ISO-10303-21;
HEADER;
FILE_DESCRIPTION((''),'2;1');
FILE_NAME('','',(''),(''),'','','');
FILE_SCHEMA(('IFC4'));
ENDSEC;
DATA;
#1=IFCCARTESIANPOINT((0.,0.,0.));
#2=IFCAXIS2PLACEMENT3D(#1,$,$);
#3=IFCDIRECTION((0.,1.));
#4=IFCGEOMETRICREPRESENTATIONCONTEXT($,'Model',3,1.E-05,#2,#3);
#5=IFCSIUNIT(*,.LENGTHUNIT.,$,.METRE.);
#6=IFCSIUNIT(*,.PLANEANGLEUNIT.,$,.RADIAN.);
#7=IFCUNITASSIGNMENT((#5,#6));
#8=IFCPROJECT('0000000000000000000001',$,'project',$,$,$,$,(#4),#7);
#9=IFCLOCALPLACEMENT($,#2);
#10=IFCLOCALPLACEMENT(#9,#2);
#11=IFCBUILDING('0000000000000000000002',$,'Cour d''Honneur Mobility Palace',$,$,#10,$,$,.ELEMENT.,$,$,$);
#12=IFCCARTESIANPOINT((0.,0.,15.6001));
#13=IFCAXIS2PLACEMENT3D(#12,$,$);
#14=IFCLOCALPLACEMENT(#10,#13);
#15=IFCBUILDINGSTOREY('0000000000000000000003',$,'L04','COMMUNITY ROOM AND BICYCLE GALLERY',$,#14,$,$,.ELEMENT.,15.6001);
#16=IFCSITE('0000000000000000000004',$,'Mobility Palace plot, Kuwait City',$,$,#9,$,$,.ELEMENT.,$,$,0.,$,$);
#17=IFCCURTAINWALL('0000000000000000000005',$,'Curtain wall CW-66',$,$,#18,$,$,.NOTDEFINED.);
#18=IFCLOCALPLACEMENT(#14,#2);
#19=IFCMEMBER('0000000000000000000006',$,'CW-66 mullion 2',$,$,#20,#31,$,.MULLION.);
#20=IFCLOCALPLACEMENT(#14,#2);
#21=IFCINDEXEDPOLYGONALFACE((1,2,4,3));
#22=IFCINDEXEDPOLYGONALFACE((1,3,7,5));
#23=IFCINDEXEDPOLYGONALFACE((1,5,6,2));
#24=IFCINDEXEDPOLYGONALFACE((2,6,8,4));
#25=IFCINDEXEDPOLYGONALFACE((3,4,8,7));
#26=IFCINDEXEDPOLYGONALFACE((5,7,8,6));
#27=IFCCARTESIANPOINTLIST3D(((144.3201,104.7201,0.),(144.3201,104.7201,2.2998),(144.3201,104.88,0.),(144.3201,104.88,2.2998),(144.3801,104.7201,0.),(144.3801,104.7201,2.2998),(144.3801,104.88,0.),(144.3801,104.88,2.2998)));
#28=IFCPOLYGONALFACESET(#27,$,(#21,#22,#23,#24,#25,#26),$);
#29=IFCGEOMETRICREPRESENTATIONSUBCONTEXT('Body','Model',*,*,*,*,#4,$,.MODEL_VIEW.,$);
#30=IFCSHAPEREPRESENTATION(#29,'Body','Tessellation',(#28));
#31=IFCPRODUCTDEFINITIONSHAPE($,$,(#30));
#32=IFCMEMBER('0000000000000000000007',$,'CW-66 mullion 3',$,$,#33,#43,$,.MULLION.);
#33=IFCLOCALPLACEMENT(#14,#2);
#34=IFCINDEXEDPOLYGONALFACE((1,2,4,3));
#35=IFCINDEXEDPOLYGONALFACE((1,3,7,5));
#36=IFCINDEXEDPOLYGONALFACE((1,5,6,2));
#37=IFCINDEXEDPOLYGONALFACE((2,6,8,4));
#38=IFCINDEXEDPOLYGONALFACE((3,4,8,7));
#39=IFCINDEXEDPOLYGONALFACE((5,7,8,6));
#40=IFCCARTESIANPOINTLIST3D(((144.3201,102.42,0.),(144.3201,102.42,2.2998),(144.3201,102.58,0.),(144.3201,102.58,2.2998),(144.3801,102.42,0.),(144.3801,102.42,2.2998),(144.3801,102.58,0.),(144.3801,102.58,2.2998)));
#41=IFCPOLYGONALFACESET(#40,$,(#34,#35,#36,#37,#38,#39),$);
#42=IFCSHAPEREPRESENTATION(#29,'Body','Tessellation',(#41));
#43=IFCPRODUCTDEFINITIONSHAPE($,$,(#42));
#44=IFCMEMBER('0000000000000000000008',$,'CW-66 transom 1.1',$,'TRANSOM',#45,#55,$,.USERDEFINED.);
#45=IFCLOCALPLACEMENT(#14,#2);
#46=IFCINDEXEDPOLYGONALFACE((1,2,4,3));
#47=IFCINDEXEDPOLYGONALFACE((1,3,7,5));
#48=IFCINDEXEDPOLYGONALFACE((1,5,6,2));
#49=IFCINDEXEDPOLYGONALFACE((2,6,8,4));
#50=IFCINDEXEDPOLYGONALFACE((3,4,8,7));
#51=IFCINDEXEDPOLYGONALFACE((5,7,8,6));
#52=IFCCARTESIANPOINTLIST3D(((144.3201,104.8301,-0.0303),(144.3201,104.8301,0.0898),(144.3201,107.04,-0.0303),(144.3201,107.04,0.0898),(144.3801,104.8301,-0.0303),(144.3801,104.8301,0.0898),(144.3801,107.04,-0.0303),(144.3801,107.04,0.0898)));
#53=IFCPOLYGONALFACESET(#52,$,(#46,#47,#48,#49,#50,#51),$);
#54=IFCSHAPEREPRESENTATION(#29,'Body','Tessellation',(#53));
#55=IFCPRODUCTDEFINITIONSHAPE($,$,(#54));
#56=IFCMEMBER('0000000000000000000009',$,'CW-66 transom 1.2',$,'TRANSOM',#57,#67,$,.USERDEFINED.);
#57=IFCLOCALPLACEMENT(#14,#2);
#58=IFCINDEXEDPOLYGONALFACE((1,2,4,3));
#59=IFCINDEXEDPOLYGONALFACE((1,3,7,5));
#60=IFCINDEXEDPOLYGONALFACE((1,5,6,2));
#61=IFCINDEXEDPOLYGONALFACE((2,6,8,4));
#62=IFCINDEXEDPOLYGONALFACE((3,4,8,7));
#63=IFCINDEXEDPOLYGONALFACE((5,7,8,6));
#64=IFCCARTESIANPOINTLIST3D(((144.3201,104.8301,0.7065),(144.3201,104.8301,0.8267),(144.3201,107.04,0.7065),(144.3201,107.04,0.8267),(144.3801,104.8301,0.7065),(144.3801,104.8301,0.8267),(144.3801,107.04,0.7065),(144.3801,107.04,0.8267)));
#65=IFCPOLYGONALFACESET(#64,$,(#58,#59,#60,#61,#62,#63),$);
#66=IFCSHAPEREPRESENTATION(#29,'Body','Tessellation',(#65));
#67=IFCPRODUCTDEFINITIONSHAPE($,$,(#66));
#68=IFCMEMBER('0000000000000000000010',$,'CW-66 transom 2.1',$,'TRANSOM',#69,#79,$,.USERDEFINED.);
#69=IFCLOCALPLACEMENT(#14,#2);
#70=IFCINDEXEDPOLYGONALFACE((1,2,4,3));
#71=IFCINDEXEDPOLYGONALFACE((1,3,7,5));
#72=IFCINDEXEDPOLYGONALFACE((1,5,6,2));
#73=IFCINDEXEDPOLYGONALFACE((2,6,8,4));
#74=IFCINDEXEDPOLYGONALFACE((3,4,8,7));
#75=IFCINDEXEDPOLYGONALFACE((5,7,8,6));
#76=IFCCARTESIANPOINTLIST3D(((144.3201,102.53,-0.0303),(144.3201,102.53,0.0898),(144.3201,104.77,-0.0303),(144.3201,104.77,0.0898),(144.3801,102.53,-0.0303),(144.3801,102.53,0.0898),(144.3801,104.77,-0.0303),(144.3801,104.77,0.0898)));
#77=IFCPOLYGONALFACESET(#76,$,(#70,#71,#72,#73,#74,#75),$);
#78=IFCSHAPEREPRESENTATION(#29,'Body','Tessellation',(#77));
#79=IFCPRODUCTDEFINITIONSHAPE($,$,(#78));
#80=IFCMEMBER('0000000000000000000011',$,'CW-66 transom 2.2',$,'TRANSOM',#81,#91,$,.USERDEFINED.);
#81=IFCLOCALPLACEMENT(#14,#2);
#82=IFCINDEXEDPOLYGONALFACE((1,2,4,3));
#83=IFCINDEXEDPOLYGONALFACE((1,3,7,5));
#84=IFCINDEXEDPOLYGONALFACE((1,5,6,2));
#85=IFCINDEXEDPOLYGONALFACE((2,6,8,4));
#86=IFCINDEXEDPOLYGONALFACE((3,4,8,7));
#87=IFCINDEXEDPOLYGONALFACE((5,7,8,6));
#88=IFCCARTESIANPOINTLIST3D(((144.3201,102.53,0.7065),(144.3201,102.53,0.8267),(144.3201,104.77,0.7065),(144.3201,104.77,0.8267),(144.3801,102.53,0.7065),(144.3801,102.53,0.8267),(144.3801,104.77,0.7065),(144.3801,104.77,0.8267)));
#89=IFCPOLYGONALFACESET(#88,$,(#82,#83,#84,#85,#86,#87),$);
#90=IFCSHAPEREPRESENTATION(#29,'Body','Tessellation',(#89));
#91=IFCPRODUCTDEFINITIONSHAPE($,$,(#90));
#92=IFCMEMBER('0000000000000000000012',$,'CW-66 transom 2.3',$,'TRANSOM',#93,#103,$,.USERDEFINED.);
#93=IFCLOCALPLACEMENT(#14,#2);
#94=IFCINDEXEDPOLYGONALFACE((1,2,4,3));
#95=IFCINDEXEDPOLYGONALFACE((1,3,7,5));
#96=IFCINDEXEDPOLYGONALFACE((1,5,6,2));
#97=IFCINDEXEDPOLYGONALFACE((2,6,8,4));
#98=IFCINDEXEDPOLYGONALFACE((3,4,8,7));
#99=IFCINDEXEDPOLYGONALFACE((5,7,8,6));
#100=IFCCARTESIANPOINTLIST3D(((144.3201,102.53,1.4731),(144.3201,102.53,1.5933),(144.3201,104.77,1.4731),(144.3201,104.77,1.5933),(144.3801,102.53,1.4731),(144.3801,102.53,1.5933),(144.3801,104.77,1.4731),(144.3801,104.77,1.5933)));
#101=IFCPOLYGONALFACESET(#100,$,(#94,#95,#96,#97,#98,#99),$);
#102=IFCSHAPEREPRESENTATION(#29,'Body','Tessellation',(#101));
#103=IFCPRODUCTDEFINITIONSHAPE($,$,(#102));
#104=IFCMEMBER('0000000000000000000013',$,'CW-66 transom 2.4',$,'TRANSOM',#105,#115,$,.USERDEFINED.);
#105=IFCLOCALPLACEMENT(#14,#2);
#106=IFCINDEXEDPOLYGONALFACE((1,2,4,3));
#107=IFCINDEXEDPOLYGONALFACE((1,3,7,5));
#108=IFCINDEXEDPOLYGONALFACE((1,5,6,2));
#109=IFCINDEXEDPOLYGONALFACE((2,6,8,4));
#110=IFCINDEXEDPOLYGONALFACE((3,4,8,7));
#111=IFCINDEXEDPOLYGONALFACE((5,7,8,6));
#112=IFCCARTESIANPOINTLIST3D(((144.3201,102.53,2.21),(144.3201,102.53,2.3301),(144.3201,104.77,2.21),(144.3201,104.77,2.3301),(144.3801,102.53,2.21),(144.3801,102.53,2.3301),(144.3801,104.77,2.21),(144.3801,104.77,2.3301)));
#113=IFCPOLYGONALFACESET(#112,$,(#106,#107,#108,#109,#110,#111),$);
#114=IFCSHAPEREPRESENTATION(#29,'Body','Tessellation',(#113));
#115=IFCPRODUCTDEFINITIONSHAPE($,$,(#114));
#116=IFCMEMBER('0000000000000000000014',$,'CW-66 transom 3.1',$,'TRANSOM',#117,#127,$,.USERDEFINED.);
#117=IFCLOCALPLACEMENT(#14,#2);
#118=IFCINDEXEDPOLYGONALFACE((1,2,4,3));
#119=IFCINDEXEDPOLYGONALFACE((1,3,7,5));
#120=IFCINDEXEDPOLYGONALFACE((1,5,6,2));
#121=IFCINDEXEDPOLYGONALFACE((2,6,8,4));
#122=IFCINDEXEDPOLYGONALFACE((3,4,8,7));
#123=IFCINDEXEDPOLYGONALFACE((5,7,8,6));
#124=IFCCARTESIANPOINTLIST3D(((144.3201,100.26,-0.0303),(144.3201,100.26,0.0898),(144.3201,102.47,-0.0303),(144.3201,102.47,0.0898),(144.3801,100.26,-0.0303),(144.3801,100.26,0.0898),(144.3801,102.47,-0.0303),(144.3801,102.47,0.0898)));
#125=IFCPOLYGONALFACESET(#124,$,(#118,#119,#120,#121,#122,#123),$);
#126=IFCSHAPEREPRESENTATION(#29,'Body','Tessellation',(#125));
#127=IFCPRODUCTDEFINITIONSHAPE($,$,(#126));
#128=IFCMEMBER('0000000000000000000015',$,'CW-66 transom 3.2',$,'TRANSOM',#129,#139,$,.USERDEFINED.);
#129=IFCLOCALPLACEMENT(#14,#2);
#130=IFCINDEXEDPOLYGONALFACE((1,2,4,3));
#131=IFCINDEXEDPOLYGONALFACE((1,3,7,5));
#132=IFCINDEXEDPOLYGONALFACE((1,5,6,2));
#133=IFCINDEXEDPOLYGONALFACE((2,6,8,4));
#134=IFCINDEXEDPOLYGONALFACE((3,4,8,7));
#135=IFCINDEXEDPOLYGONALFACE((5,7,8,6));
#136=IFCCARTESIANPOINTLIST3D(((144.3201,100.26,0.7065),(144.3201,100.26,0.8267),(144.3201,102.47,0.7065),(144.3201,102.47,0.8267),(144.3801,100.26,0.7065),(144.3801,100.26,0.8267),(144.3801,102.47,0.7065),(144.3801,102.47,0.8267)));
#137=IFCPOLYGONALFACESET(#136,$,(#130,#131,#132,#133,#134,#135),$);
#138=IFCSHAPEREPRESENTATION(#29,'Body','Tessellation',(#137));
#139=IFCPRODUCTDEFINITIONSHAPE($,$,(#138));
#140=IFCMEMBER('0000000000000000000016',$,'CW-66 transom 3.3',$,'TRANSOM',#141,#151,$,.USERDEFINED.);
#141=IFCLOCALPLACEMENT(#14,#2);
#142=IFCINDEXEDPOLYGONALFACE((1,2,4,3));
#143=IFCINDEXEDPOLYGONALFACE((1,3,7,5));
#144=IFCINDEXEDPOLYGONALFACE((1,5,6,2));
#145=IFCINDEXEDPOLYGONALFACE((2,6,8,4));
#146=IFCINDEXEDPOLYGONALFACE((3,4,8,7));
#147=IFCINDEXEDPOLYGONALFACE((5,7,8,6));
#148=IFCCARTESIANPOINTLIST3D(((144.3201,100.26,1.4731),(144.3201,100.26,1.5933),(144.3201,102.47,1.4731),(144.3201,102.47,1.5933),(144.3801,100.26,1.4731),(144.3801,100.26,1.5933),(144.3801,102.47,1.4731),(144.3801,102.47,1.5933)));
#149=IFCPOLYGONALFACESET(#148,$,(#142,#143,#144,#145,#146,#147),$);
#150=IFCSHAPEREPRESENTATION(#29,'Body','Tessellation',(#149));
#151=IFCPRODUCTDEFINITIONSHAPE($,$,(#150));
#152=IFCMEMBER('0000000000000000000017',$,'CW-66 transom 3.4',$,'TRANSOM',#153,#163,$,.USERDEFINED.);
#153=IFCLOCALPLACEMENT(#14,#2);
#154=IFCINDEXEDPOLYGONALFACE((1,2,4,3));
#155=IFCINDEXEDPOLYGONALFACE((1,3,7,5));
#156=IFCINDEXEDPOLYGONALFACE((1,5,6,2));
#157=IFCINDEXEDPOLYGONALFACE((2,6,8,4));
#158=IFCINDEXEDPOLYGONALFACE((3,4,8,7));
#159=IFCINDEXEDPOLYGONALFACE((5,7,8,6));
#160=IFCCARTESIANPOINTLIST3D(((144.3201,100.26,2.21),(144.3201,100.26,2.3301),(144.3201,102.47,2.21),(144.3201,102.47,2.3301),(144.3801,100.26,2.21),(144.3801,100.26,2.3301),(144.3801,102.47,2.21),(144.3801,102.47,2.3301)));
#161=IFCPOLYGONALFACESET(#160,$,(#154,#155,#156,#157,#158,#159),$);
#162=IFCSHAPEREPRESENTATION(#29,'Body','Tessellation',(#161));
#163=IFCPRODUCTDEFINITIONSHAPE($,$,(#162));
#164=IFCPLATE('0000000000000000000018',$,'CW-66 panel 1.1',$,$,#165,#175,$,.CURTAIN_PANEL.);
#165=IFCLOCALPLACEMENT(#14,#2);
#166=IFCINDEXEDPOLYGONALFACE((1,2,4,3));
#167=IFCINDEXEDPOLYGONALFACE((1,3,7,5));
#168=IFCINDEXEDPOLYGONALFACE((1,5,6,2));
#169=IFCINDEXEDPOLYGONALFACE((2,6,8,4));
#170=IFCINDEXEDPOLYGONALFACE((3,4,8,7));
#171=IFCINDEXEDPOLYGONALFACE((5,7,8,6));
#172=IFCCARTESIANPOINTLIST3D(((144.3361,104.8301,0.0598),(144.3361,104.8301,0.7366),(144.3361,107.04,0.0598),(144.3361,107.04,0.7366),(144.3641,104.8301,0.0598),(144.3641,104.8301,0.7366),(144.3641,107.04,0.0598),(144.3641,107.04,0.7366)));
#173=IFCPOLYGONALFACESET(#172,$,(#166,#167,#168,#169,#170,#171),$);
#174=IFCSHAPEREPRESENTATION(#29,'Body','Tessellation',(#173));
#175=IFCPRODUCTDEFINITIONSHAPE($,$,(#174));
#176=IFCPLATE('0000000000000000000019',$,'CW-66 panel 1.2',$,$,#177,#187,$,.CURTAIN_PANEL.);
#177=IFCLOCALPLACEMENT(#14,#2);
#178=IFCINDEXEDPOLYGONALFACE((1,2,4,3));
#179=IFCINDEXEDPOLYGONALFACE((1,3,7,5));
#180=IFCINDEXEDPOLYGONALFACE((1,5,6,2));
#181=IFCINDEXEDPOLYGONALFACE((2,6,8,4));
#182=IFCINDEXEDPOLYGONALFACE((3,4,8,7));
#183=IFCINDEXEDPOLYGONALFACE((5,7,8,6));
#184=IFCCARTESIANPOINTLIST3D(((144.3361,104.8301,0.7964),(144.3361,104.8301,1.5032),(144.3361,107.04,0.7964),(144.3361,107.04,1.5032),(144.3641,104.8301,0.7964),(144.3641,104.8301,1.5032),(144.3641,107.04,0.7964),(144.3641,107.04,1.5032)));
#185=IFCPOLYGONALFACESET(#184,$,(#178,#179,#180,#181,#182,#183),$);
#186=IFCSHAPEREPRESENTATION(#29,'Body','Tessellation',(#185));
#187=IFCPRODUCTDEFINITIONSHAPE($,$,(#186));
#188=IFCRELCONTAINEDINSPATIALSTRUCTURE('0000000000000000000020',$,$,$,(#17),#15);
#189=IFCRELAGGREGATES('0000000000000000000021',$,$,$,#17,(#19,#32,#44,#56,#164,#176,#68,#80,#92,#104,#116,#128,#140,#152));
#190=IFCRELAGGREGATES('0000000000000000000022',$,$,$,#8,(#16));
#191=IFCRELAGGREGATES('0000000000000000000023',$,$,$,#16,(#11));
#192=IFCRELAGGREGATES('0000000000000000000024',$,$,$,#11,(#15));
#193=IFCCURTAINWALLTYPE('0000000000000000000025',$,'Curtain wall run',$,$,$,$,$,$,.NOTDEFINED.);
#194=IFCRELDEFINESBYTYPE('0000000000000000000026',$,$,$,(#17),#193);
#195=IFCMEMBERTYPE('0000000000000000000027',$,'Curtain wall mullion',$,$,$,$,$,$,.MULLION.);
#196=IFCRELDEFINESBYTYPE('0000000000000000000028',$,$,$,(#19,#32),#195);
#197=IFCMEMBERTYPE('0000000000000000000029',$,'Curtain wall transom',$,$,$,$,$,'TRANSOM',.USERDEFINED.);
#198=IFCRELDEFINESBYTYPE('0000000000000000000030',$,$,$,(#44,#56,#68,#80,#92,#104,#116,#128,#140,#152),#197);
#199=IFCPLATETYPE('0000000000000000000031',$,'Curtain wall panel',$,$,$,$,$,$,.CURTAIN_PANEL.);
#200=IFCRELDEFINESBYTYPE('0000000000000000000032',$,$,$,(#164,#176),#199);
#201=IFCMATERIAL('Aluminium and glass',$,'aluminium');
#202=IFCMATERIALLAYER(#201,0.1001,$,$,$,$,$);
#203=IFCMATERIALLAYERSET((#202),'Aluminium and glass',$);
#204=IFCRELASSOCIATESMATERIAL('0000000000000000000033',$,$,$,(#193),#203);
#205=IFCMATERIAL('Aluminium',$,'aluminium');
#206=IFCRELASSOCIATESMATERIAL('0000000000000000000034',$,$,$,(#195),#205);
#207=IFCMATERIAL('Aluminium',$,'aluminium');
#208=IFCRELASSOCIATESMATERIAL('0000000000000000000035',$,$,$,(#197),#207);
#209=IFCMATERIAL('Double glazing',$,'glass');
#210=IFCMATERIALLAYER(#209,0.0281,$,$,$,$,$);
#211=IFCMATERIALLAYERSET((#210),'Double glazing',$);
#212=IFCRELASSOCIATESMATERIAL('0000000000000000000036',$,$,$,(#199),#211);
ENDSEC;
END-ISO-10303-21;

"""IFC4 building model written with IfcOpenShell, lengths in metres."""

from ifc_helpers import new_model, si_unit, direction, frame, origin, origin_2d, place, context, subcontext, project, spatial, rectangle, extrude, material, layer, layer_set, material_profile, profile_set, type_object, element, aggregate, save


model = new_model("IFC4")

# Units and contexts
model_context = context("Model", 3, precision=1e-05, world=origin(), true_north=direction((0.0, 1.0)))
body_context = subcontext(model_context, "Body", "Model", "MODEL_VIEW")
ifc_project = project(units=[si_unit("LENGTHUNIT", "METRE"), si_unit("PLANEANGLEUNIT", "RADIAN")], contexts=[model_context])

# Site, building, storey
site_placement = place(None, origin())
site = spatial("IfcSite", under=ifc_project, at=site_placement, Name="Mobility Palace plot, Kuwait City", CompositionType="ELEMENT", RefElevation=0.0)
building_placement = place(site_placement, origin())
building = spatial("IfcBuilding", under=site, at=building_placement, Name="Cour d'Honneur Mobility Palace", CompositionType="ELEMENT")
storey_placement = place(building_placement, frame((0.0, 0.0, 15.6001)))
storey = spatial("IfcBuildingStorey", under=building, at=storey_placement, Name="L04", Description="COMMUNITY ROOM AND BICYCLE GALLERY", CompositionType="ELEMENT", Elevation=15.6001)

# Curtain wall, members, plates
ifc_material_1 = material(Name="Aluminium and glass", Category="aluminium")
ifc_layer_1 = layer(ifc_material_1, 0.1001)
ifc_layer_set_1 = layer_set([ifc_layer_1], Name="Aluminium and glass")
curtain_wall_type = type_object("IfcCurtainWallType", Name="Curtain wall run", PredefinedType="NOTDEFINED", material=ifc_layer_set_1)
curtain_wall_placement = place(storey_placement, origin())
curtain_wall = element("IfcCurtainWall", 1, at=curtain_wall_placement, inside=storey, type_object=curtain_wall_type, Name="Curtain wall CW-66", PredefinedType="NOTDEFINED")
ifc_material_2 = material(Name="Aluminium", Category="aluminium")
ifc_material_profile_1 = material_profile(ifc_material_2, rectangle(XDim=0.0601, YDim=0.1599, at=origin_2d()), Name="Curtain wall mullion")
ifc_profile_set_1 = profile_set([ifc_material_profile_1], Name="Aluminium")
member_type_1 = type_object("IfcMemberType", Name="Curtain wall mullion", PredefinedType="MULLION", material=ifc_profile_set_1)
member_1_placement = place(storey_placement, frame((144.3501, 104.8, 0.0), z_axis=(0.0, 0.0, 1.0), x_axis=(1.0, 0.0, 0.0)))
member_1 = element("IfcMember", 2, at=member_1_placement, type_object=member_type_1, Name="CW-66 mullion 2", PredefinedType="MULLION", context=body_context, shape_type="SweptSolid", body=[
    extrude(rectangle(XDim=0.0601, YDim=0.1599, at=origin_2d()), origin(), (0.0, 0.0, 1.0), 2.2998),
])
member_2_placement = place(storey_placement, frame((144.3501, 102.5, 0.0), z_axis=(0.0, 0.0, 1.0), x_axis=(1.0, 0.0, 0.0)))
member_2 = element("IfcMember", 3, at=member_2_placement, type_object=member_type_1, Name="CW-66 mullion 3", PredefinedType="MULLION", context=body_context, shape_type="SweptSolid", body=[
    extrude(rectangle(XDim=0.0601, YDim=0.1599, at=origin_2d()), origin(), (0.0, 0.0, 1.0), 2.2998),
])
ifc_material_3 = material(Name="Aluminium", Category="aluminium")
ifc_material_profile_2 = material_profile(ifc_material_3, rectangle(XDim=0.0601, YDim=0.1201, at=origin_2d()), Name="Curtain wall transom")
ifc_profile_set_2 = profile_set([ifc_material_profile_2], Name="Aluminium")
member_type_2 = type_object("IfcMemberType", Name="Curtain wall transom", ElementType="TRANSOM", PredefinedType="USERDEFINED", material=ifc_profile_set_2)
member_3_placement = place(storey_placement, frame((144.3501, 107.04, 0.0298), z_axis=(0.0, -1.0, 0.0), x_axis=(1.0, 0.0, 0.0)))
member_3 = element("IfcMember", 4, at=member_3_placement, type_object=member_type_2, Name="CW-66 transom 1.1", ObjectType="TRANSOM", PredefinedType="USERDEFINED", context=body_context, shape_type="SweptSolid", body=[
    extrude(rectangle(XDim=0.0601, YDim=0.1201, at=origin_2d()), origin(), (0.0, 0.0, 1.0), 2.21),
])
member_4_placement = place(storey_placement, frame((144.3501, 107.04, 0.7666), z_axis=(0.0, -1.0, 0.0), x_axis=(1.0, 0.0, 0.0)))
member_4 = element("IfcMember", 5, at=member_4_placement, type_object=member_type_2, Name="CW-66 transom 1.2", ObjectType="TRANSOM", PredefinedType="USERDEFINED", context=body_context, shape_type="SweptSolid", body=[
    extrude(rectangle(XDim=0.0601, YDim=0.1201, at=origin_2d()), origin(), (0.0, 0.0, 1.0), 2.21),
])
member_5_placement = place(storey_placement, frame((144.3501, 104.77, 0.0298), z_axis=(0.0, -1.0, 0.0), x_axis=(1.0, 0.0, 0.0)))
member_5 = element("IfcMember", 6, at=member_5_placement, type_object=member_type_2, Name="CW-66 transom 2.1", ObjectType="TRANSOM", PredefinedType="USERDEFINED", context=body_context, shape_type="SweptSolid", body=[
    extrude(rectangle(XDim=0.0601, YDim=0.1201, at=origin_2d()), origin(), (0.0, 0.0, 1.0), 2.24),
])
member_6_placement = place(storey_placement, frame((144.3501, 104.77, 0.7666), z_axis=(0.0, -1.0, 0.0), x_axis=(1.0, 0.0, 0.0)))
member_6 = element("IfcMember", 7, at=member_6_placement, type_object=member_type_2, Name="CW-66 transom 2.2", ObjectType="TRANSOM", PredefinedType="USERDEFINED", context=body_context, shape_type="SweptSolid", body=[
    extrude(rectangle(XDim=0.0601, YDim=0.1201, at=origin_2d()), origin(), (0.0, 0.0, 1.0), 2.24),
])
member_7_placement = place(storey_placement, frame((144.3501, 104.77, 1.5332), z_axis=(0.0, -1.0, 0.0), x_axis=(1.0, 0.0, 0.0)))
member_7 = element("IfcMember", 8, at=member_7_placement, type_object=member_type_2, Name="CW-66 transom 2.3", ObjectType="TRANSOM", PredefinedType="USERDEFINED", context=body_context, shape_type="SweptSolid", body=[
    extrude(rectangle(XDim=0.0601, YDim=0.1201, at=origin_2d()), origin(), (0.0, 0.0, 1.0), 2.24),
])
member_8_placement = place(storey_placement, frame((144.3501, 104.77, 2.27), z_axis=(0.0, -1.0, 0.0), x_axis=(1.0, 0.0, 0.0)))
member_8 = element("IfcMember", 9, at=member_8_placement, type_object=member_type_2, Name="CW-66 transom 2.4", ObjectType="TRANSOM", PredefinedType="USERDEFINED", context=body_context, shape_type="SweptSolid", body=[
    extrude(rectangle(XDim=0.0601, YDim=0.1201, at=origin_2d()), origin(), (0.0, 0.0, 1.0), 2.24),
])
member_9_placement = place(storey_placement, frame((144.3501, 102.47, 0.0298), z_axis=(0.0, -1.0, 0.0), x_axis=(1.0, 0.0, 0.0)))
member_9 = element("IfcMember", 10, at=member_9_placement, type_object=member_type_2, Name="CW-66 transom 3.1", ObjectType="TRANSOM", PredefinedType="USERDEFINED", context=body_context, shape_type="SweptSolid", body=[
    extrude(rectangle(XDim=0.0601, YDim=0.1201, at=origin_2d()), origin(), (0.0, 0.0, 1.0), 2.21),
])
member_10_placement = place(storey_placement, frame((144.3501, 102.47, 0.7666), z_axis=(0.0, -1.0, 0.0), x_axis=(1.0, 0.0, 0.0)))
member_10 = element("IfcMember", 11, at=member_10_placement, type_object=member_type_2, Name="CW-66 transom 3.2", ObjectType="TRANSOM", PredefinedType="USERDEFINED", context=body_context, shape_type="SweptSolid", body=[
    extrude(rectangle(XDim=0.0601, YDim=0.1201, at=origin_2d()), origin(), (0.0, 0.0, 1.0), 2.21),
])
member_11_placement = place(storey_placement, frame((144.3501, 102.47, 1.5332), z_axis=(0.0, -1.0, 0.0), x_axis=(1.0, 0.0, 0.0)))
member_11 = element("IfcMember", 12, at=member_11_placement, type_object=member_type_2, Name="CW-66 transom 3.3", ObjectType="TRANSOM", PredefinedType="USERDEFINED", context=body_context, shape_type="SweptSolid", body=[
    extrude(rectangle(XDim=0.0601, YDim=0.1201, at=origin_2d()), origin(), (0.0, 0.0, 1.0), 2.21),
])
member_12_placement = place(storey_placement, frame((144.3501, 102.47, 2.27), z_axis=(0.0, -1.0, 0.0), x_axis=(1.0, 0.0, 0.0)))
member_12 = element("IfcMember", 13, at=member_12_placement, type_object=member_type_2, Name="CW-66 transom 3.4", ObjectType="TRANSOM", PredefinedType="USERDEFINED", context=body_context, shape_type="SweptSolid", body=[
    extrude(rectangle(XDim=0.0601, YDim=0.1201, at=origin_2d()), origin(), (0.0, 0.0, 1.0), 2.21),
])
ifc_material_4 = material(Name="Double glazing", Category="glass")
ifc_layer_2 = layer(ifc_material_4, 0.0281)
ifc_layer_set_2 = layer_set([ifc_layer_2], Name="Double glazing")
plate_type = type_object("IfcPlateType", Name="Curtain wall panel", PredefinedType="CURTAIN_PANEL", material=ifc_layer_set_2)
plate_1_placement = place(storey_placement, frame((144.3501, 105.9351, 0.0598), z_axis=(0.0, 0.0, 1.0), x_axis=(0.0, -1.0, 0.0)))
plate_1 = element("IfcPlate", 14, at=plate_1_placement, type_object=plate_type, Name="CW-66 panel 1.1", PredefinedType="CURTAIN_PANEL", context=body_context, shape_type="SweptSolid", body=[
    extrude(rectangle(XDim=2.21, YDim=0.0281, at=origin_2d()), origin(), (0.0, 0.0, 1.0), 0.6768),
])
plate_2_placement = place(storey_placement, frame((144.3501, 105.9351, 0.7964), z_axis=(0.0, 0.0, 1.0), x_axis=(0.0, -1.0, 0.0)))
plate_2 = element("IfcPlate", 15, at=plate_2_placement, type_object=plate_type, Name="CW-66 panel 1.2", PredefinedType="CURTAIN_PANEL", context=body_context, shape_type="SweptSolid", body=[
    extrude(rectangle(XDim=2.21, YDim=0.0281, at=origin_2d()), origin(), (0.0, 0.0, 1.0), 0.7068),
])
aggregate(curtain_wall, [member_1, member_2, member_3, member_4, plate_1, plate_2, member_5, member_6, member_7, member_8, member_9, member_10, member_11, member_12])

save(model, "model.ifc")
